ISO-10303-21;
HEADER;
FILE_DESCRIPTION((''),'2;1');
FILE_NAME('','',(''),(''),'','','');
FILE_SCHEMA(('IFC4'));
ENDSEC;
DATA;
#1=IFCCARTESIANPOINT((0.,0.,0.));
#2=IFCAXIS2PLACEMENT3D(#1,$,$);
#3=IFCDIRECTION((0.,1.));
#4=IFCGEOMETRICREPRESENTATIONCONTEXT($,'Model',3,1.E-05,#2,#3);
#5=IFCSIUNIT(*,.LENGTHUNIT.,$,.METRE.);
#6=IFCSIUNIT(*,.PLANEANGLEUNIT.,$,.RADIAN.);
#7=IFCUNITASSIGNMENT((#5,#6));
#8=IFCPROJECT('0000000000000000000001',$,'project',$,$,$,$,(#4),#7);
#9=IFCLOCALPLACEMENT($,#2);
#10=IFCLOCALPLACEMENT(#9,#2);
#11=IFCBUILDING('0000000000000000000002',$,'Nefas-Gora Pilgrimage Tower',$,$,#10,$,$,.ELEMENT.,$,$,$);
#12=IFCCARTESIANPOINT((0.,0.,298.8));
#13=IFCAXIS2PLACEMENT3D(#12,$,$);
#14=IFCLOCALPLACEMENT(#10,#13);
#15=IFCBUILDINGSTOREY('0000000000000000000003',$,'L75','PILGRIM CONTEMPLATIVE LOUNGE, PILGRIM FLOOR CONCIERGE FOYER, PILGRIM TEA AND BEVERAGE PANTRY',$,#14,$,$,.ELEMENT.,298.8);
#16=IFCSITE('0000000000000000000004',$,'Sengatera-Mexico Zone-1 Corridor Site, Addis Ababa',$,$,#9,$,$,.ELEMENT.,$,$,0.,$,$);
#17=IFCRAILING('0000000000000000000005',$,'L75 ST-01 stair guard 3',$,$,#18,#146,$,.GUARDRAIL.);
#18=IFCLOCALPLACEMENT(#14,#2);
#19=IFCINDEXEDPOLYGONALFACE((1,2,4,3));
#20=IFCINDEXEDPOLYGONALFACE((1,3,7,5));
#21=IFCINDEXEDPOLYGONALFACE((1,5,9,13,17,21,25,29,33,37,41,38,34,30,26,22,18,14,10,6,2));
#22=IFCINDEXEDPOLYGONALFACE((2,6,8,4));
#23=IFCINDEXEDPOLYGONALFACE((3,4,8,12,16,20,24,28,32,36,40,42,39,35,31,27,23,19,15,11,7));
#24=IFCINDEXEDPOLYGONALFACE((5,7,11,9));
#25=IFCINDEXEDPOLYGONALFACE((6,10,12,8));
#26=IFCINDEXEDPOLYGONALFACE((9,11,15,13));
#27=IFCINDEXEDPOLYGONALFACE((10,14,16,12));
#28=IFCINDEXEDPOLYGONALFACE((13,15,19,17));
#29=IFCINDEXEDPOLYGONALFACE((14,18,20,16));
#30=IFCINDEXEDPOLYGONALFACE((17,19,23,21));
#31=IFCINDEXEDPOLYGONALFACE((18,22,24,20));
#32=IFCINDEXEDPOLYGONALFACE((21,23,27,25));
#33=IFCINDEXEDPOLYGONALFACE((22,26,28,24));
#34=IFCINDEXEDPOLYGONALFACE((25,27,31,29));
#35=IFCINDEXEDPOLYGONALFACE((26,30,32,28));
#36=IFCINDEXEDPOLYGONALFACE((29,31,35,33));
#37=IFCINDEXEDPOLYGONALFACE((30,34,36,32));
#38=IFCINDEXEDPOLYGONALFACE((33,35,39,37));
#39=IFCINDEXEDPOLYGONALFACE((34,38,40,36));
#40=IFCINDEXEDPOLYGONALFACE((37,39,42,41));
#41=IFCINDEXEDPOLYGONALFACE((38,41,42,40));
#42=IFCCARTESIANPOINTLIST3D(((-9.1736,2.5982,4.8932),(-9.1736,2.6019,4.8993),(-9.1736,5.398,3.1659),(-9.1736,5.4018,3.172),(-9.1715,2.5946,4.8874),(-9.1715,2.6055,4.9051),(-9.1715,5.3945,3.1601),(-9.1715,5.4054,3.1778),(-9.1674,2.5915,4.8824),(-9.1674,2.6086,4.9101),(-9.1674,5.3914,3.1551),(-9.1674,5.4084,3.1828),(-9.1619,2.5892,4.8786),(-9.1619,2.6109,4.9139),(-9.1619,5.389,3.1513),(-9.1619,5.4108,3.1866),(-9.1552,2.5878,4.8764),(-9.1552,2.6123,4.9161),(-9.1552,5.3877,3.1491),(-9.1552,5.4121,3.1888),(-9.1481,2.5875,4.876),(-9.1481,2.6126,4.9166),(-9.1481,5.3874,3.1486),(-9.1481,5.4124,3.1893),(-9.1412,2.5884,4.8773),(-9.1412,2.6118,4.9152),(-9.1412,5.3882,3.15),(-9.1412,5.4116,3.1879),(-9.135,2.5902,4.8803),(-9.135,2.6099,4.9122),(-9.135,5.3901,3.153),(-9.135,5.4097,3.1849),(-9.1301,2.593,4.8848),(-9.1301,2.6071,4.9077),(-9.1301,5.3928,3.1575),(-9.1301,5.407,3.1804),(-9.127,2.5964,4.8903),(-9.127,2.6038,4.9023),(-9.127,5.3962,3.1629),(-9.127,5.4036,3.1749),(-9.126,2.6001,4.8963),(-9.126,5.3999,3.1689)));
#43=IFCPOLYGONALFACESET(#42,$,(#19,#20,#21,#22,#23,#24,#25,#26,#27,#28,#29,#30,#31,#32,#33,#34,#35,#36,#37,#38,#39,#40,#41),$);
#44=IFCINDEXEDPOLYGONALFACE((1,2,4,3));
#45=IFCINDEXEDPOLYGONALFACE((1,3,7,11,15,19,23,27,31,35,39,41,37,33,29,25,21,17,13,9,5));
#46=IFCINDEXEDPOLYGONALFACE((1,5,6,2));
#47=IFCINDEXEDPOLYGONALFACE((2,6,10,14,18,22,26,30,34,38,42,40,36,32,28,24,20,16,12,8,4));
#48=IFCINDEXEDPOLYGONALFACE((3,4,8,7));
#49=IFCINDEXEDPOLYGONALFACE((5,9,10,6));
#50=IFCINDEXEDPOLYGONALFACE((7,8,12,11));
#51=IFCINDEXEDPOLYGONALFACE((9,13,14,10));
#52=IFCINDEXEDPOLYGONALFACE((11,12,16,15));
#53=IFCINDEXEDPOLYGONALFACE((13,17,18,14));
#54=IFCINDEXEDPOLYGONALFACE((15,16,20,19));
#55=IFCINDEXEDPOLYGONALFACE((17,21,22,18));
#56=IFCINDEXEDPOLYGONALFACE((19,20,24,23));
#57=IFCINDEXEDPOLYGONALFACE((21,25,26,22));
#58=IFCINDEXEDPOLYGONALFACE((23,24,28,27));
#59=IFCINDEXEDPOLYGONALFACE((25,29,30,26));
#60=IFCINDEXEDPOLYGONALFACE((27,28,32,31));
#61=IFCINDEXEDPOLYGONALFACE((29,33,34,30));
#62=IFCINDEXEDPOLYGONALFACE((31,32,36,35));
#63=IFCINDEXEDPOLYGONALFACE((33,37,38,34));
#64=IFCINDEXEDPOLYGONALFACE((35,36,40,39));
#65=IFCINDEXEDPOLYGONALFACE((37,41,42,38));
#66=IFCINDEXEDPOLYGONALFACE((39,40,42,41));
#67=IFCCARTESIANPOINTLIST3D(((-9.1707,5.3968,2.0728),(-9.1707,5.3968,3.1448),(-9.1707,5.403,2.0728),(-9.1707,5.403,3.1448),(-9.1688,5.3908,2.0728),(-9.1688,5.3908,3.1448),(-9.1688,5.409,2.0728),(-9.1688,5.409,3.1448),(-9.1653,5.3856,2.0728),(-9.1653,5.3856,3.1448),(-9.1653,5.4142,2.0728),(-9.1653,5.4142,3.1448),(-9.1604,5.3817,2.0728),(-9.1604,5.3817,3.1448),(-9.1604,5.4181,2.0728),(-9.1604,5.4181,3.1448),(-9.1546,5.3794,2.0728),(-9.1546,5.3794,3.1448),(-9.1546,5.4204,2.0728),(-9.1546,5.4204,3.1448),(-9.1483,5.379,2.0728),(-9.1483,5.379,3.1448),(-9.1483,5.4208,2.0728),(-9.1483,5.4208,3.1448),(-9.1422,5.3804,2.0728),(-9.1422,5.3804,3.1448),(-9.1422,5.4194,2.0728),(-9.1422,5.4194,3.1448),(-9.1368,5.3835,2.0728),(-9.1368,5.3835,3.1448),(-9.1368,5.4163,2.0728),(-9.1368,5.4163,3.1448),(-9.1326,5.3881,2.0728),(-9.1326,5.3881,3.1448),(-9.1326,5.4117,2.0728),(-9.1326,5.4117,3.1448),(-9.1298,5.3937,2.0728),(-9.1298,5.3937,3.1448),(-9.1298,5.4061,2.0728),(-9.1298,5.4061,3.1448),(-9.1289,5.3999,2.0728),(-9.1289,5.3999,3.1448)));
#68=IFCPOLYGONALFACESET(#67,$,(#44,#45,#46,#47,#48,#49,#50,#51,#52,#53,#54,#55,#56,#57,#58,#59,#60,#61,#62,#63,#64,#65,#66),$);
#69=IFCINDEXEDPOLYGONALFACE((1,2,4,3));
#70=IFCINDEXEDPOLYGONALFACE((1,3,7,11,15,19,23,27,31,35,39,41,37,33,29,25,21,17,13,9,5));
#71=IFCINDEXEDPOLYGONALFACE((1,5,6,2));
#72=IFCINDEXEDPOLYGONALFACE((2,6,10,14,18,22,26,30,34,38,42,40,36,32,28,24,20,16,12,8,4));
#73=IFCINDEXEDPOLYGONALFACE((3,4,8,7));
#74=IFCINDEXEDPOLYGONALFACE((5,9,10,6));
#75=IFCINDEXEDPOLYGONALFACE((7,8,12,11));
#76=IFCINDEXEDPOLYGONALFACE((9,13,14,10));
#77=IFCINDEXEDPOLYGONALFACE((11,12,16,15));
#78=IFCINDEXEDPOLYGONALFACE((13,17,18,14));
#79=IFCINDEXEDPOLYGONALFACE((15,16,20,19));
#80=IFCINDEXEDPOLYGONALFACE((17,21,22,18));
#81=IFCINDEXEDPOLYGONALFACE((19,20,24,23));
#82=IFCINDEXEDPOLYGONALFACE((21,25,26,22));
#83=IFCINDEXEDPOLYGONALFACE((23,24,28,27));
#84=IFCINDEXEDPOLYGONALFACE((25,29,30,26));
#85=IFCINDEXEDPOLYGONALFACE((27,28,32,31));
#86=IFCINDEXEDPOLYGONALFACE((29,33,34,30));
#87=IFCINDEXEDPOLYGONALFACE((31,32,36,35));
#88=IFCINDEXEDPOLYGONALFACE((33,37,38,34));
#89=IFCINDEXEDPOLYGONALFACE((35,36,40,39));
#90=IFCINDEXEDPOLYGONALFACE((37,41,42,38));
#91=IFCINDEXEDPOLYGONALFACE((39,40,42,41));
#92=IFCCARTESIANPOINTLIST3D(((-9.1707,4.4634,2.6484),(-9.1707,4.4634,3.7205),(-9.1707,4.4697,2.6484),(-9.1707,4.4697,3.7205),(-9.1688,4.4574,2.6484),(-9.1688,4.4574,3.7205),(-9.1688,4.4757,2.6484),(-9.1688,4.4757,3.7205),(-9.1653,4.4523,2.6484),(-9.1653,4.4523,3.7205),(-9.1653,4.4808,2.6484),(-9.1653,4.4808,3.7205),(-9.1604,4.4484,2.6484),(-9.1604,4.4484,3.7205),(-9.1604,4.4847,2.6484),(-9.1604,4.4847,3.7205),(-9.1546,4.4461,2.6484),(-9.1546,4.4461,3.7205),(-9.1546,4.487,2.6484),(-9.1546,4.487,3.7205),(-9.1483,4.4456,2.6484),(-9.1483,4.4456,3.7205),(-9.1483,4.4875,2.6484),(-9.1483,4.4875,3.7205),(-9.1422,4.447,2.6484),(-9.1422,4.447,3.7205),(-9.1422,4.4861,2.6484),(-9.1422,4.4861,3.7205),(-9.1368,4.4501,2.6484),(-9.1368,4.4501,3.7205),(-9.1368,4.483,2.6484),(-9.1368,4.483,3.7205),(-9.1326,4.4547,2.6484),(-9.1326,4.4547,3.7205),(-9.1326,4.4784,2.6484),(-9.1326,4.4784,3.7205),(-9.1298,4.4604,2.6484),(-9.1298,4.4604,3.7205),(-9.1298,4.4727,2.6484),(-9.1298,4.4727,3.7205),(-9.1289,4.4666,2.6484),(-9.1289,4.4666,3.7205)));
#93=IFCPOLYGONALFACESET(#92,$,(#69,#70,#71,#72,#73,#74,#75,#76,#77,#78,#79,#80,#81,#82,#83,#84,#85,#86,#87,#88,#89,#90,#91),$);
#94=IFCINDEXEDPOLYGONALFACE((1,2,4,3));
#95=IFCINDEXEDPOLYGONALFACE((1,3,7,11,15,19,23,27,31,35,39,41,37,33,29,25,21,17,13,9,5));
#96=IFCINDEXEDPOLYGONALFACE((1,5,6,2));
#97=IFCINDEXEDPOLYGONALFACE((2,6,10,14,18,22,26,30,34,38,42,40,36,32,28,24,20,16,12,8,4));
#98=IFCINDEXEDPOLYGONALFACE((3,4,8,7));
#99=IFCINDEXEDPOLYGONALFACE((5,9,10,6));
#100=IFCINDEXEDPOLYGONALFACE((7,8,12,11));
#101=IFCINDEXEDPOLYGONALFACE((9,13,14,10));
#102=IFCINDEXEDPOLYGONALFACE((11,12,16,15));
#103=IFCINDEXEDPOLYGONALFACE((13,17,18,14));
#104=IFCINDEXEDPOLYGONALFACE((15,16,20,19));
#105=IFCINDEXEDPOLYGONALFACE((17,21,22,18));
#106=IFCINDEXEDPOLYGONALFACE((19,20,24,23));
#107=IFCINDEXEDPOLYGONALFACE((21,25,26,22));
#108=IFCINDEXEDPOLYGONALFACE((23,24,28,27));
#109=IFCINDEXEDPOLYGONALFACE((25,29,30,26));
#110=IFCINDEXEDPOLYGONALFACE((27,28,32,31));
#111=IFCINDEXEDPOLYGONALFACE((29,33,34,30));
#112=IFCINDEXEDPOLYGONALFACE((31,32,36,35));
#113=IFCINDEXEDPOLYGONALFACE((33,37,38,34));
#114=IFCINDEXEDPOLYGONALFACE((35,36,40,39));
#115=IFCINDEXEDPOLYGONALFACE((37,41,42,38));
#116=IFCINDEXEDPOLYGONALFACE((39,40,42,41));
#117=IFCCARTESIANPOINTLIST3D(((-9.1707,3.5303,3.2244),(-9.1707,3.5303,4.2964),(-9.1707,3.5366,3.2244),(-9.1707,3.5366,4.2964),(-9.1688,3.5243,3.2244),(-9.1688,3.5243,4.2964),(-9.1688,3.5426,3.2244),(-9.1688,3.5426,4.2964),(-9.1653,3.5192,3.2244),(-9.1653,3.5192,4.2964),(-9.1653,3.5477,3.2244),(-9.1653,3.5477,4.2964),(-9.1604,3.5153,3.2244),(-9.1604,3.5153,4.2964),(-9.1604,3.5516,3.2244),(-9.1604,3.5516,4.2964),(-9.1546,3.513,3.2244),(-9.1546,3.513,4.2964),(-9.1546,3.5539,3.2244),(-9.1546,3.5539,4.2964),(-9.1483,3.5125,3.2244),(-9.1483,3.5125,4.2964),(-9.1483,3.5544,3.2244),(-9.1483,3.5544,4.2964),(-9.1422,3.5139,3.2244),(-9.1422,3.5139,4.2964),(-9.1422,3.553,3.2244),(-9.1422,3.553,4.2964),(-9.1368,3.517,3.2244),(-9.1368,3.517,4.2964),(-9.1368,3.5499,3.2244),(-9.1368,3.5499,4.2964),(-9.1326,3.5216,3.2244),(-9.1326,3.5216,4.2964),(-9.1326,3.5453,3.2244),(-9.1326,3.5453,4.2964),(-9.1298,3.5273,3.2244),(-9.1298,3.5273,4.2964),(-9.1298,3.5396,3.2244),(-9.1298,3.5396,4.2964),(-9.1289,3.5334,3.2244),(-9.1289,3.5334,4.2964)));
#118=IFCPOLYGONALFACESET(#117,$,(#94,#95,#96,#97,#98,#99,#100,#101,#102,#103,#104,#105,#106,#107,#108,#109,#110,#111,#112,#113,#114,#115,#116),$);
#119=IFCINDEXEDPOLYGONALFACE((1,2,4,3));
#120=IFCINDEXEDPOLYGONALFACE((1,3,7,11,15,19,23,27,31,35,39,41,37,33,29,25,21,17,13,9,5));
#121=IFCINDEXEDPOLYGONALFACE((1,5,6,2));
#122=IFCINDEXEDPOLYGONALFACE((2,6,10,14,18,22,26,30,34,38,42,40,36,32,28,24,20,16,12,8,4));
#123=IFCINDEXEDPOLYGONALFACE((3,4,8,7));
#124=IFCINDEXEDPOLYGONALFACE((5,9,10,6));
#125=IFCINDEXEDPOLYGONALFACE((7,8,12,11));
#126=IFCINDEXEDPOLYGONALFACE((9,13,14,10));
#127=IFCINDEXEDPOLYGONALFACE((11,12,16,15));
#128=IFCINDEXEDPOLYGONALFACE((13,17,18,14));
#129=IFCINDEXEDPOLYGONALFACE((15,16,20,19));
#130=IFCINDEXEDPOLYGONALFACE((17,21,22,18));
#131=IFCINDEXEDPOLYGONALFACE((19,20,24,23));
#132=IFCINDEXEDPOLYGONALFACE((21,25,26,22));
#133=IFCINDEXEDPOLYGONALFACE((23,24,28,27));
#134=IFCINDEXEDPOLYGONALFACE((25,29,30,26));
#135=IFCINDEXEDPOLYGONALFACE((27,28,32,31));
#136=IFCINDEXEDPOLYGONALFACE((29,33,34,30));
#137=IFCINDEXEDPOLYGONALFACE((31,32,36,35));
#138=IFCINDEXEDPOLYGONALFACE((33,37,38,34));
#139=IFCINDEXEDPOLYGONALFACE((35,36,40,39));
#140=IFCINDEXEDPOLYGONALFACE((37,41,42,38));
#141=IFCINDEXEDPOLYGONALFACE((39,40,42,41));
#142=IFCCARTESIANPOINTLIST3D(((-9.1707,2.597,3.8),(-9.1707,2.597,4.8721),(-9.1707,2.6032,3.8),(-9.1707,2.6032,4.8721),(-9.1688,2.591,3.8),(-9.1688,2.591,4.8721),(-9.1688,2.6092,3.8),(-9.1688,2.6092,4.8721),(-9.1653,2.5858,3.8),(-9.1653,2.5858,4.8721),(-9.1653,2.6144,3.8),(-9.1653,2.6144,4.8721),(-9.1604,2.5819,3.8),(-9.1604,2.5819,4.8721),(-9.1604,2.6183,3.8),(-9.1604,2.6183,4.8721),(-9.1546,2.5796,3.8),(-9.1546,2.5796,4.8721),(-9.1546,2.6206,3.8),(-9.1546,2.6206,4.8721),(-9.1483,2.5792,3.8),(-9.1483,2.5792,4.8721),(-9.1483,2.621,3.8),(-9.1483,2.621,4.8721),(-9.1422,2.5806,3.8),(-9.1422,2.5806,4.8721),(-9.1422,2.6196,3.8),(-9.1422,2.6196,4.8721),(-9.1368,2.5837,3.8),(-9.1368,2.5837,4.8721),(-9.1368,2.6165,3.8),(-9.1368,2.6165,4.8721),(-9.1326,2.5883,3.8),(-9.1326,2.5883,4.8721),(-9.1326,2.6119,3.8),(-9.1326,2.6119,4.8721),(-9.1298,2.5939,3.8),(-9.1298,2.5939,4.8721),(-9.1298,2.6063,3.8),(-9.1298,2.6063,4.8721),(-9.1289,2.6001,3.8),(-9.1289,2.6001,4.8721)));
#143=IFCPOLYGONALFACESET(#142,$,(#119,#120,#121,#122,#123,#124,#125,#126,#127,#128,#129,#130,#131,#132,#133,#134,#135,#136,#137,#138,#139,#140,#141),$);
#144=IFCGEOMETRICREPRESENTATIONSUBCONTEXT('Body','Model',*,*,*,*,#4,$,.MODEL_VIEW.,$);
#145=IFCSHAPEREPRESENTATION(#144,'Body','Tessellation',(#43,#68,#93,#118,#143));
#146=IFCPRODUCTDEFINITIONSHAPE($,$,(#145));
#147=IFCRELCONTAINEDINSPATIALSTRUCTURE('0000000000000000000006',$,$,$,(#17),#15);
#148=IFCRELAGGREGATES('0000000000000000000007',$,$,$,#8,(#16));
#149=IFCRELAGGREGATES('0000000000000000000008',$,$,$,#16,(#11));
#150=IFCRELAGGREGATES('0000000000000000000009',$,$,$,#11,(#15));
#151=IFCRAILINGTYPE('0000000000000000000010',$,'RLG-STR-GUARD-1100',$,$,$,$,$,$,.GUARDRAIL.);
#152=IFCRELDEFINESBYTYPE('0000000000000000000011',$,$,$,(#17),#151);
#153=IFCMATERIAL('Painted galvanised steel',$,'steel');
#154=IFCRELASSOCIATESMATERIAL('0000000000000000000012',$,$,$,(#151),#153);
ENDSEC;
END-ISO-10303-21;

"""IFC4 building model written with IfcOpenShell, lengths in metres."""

from ifc_helpers import new_model, si_unit, direction, frame, origin, origin_2d, place, context, subcontext, project, spatial, circle, extrude, material, type_object, element, save


model = new_model("IFC4")

# Units and contexts
model_context = context("Model", 3, precision=1e-05, world=origin(), true_north=direction((0.0, 1.0)))
body_context = subcontext(model_context, "Body", "Model", "MODEL_VIEW")
ifc_project = project(units=[si_unit("LENGTHUNIT", "METRE"), si_unit("PLANEANGLEUNIT", "RADIAN")], contexts=[model_context])

# Site, building, storey
site_placement = place(None, origin())
site = spatial("IfcSite", under=ifc_project, at=site_placement, Name="Sengatera-Mexico Zone-1 Corridor Site, Addis Ababa", CompositionType="ELEMENT", RefElevation=0.0)
building_placement = place(site_placement, origin())
building = spatial("IfcBuilding", under=site, at=building_placement, Name="Nefas-Gora Pilgrimage Tower", CompositionType="ELEMENT")
storey_placement = place(building_placement, frame((0.0, 0.0, 298.8)))
storey = spatial("IfcBuildingStorey", under=building, at=storey_placement, Name="L75", Description="PILGRIM CONTEMPLATIVE LOUNGE, PILGRIM FLOOR CONCIERGE FOYER, PILGRIM TEA AND BEVERAGE PANTRY", CompositionType="ELEMENT", Elevation=298.8)

# Railing
ifc_material_1 = material(Name="Painted galvanised steel", Category="steel")
railing_type_1 = type_object("IfcRailingType", Name="RLG-STR-GUARD-1100", PredefinedType="GUARDRAIL", material=ifc_material_1)
railing_1_placement = place(storey_placement, frame((-9.1499, 5.3999, 2.0728)))
element("IfcRailing", 1, at=railing_1_placement, inside=storey, type_object=railing_type_1, Name="L75 ST-01 stair guard 3", PredefinedType="GUARDRAIL", context=body_context, shape_type="SweptSolid", body=[
    extrude(circle(Radius=0.0239, at=origin_2d()), frame((0.0, 0.0, 1.0962), z_axis=(0.0, -0.851069, 0.525054), x_axis=(1.0, 0.0, 0.0)), (0.0, 0.0, 1.0), 3.2898),
    extrude(circle(Radius=0.021, at=origin_2d()), origin(), (0.0, 0.0, 1.0), 1.072),
    extrude(circle(Radius=0.021, at=origin_2d()), frame((0.0, -0.9333, 0.5757)), (0.0, 0.0, 1.0), 1.072),
    extrude(circle(Radius=0.021, at=origin_2d()), frame((0.0, -1.8665, 1.1516)), (0.0, 0.0, 1.0), 1.072),
    extrude(circle(Radius=0.021, at=origin_2d()), frame((0.0, -2.7998, 1.7273)), (0.0, 0.0, 1.0), 1.072),
])

save(model, "model.ifc")
